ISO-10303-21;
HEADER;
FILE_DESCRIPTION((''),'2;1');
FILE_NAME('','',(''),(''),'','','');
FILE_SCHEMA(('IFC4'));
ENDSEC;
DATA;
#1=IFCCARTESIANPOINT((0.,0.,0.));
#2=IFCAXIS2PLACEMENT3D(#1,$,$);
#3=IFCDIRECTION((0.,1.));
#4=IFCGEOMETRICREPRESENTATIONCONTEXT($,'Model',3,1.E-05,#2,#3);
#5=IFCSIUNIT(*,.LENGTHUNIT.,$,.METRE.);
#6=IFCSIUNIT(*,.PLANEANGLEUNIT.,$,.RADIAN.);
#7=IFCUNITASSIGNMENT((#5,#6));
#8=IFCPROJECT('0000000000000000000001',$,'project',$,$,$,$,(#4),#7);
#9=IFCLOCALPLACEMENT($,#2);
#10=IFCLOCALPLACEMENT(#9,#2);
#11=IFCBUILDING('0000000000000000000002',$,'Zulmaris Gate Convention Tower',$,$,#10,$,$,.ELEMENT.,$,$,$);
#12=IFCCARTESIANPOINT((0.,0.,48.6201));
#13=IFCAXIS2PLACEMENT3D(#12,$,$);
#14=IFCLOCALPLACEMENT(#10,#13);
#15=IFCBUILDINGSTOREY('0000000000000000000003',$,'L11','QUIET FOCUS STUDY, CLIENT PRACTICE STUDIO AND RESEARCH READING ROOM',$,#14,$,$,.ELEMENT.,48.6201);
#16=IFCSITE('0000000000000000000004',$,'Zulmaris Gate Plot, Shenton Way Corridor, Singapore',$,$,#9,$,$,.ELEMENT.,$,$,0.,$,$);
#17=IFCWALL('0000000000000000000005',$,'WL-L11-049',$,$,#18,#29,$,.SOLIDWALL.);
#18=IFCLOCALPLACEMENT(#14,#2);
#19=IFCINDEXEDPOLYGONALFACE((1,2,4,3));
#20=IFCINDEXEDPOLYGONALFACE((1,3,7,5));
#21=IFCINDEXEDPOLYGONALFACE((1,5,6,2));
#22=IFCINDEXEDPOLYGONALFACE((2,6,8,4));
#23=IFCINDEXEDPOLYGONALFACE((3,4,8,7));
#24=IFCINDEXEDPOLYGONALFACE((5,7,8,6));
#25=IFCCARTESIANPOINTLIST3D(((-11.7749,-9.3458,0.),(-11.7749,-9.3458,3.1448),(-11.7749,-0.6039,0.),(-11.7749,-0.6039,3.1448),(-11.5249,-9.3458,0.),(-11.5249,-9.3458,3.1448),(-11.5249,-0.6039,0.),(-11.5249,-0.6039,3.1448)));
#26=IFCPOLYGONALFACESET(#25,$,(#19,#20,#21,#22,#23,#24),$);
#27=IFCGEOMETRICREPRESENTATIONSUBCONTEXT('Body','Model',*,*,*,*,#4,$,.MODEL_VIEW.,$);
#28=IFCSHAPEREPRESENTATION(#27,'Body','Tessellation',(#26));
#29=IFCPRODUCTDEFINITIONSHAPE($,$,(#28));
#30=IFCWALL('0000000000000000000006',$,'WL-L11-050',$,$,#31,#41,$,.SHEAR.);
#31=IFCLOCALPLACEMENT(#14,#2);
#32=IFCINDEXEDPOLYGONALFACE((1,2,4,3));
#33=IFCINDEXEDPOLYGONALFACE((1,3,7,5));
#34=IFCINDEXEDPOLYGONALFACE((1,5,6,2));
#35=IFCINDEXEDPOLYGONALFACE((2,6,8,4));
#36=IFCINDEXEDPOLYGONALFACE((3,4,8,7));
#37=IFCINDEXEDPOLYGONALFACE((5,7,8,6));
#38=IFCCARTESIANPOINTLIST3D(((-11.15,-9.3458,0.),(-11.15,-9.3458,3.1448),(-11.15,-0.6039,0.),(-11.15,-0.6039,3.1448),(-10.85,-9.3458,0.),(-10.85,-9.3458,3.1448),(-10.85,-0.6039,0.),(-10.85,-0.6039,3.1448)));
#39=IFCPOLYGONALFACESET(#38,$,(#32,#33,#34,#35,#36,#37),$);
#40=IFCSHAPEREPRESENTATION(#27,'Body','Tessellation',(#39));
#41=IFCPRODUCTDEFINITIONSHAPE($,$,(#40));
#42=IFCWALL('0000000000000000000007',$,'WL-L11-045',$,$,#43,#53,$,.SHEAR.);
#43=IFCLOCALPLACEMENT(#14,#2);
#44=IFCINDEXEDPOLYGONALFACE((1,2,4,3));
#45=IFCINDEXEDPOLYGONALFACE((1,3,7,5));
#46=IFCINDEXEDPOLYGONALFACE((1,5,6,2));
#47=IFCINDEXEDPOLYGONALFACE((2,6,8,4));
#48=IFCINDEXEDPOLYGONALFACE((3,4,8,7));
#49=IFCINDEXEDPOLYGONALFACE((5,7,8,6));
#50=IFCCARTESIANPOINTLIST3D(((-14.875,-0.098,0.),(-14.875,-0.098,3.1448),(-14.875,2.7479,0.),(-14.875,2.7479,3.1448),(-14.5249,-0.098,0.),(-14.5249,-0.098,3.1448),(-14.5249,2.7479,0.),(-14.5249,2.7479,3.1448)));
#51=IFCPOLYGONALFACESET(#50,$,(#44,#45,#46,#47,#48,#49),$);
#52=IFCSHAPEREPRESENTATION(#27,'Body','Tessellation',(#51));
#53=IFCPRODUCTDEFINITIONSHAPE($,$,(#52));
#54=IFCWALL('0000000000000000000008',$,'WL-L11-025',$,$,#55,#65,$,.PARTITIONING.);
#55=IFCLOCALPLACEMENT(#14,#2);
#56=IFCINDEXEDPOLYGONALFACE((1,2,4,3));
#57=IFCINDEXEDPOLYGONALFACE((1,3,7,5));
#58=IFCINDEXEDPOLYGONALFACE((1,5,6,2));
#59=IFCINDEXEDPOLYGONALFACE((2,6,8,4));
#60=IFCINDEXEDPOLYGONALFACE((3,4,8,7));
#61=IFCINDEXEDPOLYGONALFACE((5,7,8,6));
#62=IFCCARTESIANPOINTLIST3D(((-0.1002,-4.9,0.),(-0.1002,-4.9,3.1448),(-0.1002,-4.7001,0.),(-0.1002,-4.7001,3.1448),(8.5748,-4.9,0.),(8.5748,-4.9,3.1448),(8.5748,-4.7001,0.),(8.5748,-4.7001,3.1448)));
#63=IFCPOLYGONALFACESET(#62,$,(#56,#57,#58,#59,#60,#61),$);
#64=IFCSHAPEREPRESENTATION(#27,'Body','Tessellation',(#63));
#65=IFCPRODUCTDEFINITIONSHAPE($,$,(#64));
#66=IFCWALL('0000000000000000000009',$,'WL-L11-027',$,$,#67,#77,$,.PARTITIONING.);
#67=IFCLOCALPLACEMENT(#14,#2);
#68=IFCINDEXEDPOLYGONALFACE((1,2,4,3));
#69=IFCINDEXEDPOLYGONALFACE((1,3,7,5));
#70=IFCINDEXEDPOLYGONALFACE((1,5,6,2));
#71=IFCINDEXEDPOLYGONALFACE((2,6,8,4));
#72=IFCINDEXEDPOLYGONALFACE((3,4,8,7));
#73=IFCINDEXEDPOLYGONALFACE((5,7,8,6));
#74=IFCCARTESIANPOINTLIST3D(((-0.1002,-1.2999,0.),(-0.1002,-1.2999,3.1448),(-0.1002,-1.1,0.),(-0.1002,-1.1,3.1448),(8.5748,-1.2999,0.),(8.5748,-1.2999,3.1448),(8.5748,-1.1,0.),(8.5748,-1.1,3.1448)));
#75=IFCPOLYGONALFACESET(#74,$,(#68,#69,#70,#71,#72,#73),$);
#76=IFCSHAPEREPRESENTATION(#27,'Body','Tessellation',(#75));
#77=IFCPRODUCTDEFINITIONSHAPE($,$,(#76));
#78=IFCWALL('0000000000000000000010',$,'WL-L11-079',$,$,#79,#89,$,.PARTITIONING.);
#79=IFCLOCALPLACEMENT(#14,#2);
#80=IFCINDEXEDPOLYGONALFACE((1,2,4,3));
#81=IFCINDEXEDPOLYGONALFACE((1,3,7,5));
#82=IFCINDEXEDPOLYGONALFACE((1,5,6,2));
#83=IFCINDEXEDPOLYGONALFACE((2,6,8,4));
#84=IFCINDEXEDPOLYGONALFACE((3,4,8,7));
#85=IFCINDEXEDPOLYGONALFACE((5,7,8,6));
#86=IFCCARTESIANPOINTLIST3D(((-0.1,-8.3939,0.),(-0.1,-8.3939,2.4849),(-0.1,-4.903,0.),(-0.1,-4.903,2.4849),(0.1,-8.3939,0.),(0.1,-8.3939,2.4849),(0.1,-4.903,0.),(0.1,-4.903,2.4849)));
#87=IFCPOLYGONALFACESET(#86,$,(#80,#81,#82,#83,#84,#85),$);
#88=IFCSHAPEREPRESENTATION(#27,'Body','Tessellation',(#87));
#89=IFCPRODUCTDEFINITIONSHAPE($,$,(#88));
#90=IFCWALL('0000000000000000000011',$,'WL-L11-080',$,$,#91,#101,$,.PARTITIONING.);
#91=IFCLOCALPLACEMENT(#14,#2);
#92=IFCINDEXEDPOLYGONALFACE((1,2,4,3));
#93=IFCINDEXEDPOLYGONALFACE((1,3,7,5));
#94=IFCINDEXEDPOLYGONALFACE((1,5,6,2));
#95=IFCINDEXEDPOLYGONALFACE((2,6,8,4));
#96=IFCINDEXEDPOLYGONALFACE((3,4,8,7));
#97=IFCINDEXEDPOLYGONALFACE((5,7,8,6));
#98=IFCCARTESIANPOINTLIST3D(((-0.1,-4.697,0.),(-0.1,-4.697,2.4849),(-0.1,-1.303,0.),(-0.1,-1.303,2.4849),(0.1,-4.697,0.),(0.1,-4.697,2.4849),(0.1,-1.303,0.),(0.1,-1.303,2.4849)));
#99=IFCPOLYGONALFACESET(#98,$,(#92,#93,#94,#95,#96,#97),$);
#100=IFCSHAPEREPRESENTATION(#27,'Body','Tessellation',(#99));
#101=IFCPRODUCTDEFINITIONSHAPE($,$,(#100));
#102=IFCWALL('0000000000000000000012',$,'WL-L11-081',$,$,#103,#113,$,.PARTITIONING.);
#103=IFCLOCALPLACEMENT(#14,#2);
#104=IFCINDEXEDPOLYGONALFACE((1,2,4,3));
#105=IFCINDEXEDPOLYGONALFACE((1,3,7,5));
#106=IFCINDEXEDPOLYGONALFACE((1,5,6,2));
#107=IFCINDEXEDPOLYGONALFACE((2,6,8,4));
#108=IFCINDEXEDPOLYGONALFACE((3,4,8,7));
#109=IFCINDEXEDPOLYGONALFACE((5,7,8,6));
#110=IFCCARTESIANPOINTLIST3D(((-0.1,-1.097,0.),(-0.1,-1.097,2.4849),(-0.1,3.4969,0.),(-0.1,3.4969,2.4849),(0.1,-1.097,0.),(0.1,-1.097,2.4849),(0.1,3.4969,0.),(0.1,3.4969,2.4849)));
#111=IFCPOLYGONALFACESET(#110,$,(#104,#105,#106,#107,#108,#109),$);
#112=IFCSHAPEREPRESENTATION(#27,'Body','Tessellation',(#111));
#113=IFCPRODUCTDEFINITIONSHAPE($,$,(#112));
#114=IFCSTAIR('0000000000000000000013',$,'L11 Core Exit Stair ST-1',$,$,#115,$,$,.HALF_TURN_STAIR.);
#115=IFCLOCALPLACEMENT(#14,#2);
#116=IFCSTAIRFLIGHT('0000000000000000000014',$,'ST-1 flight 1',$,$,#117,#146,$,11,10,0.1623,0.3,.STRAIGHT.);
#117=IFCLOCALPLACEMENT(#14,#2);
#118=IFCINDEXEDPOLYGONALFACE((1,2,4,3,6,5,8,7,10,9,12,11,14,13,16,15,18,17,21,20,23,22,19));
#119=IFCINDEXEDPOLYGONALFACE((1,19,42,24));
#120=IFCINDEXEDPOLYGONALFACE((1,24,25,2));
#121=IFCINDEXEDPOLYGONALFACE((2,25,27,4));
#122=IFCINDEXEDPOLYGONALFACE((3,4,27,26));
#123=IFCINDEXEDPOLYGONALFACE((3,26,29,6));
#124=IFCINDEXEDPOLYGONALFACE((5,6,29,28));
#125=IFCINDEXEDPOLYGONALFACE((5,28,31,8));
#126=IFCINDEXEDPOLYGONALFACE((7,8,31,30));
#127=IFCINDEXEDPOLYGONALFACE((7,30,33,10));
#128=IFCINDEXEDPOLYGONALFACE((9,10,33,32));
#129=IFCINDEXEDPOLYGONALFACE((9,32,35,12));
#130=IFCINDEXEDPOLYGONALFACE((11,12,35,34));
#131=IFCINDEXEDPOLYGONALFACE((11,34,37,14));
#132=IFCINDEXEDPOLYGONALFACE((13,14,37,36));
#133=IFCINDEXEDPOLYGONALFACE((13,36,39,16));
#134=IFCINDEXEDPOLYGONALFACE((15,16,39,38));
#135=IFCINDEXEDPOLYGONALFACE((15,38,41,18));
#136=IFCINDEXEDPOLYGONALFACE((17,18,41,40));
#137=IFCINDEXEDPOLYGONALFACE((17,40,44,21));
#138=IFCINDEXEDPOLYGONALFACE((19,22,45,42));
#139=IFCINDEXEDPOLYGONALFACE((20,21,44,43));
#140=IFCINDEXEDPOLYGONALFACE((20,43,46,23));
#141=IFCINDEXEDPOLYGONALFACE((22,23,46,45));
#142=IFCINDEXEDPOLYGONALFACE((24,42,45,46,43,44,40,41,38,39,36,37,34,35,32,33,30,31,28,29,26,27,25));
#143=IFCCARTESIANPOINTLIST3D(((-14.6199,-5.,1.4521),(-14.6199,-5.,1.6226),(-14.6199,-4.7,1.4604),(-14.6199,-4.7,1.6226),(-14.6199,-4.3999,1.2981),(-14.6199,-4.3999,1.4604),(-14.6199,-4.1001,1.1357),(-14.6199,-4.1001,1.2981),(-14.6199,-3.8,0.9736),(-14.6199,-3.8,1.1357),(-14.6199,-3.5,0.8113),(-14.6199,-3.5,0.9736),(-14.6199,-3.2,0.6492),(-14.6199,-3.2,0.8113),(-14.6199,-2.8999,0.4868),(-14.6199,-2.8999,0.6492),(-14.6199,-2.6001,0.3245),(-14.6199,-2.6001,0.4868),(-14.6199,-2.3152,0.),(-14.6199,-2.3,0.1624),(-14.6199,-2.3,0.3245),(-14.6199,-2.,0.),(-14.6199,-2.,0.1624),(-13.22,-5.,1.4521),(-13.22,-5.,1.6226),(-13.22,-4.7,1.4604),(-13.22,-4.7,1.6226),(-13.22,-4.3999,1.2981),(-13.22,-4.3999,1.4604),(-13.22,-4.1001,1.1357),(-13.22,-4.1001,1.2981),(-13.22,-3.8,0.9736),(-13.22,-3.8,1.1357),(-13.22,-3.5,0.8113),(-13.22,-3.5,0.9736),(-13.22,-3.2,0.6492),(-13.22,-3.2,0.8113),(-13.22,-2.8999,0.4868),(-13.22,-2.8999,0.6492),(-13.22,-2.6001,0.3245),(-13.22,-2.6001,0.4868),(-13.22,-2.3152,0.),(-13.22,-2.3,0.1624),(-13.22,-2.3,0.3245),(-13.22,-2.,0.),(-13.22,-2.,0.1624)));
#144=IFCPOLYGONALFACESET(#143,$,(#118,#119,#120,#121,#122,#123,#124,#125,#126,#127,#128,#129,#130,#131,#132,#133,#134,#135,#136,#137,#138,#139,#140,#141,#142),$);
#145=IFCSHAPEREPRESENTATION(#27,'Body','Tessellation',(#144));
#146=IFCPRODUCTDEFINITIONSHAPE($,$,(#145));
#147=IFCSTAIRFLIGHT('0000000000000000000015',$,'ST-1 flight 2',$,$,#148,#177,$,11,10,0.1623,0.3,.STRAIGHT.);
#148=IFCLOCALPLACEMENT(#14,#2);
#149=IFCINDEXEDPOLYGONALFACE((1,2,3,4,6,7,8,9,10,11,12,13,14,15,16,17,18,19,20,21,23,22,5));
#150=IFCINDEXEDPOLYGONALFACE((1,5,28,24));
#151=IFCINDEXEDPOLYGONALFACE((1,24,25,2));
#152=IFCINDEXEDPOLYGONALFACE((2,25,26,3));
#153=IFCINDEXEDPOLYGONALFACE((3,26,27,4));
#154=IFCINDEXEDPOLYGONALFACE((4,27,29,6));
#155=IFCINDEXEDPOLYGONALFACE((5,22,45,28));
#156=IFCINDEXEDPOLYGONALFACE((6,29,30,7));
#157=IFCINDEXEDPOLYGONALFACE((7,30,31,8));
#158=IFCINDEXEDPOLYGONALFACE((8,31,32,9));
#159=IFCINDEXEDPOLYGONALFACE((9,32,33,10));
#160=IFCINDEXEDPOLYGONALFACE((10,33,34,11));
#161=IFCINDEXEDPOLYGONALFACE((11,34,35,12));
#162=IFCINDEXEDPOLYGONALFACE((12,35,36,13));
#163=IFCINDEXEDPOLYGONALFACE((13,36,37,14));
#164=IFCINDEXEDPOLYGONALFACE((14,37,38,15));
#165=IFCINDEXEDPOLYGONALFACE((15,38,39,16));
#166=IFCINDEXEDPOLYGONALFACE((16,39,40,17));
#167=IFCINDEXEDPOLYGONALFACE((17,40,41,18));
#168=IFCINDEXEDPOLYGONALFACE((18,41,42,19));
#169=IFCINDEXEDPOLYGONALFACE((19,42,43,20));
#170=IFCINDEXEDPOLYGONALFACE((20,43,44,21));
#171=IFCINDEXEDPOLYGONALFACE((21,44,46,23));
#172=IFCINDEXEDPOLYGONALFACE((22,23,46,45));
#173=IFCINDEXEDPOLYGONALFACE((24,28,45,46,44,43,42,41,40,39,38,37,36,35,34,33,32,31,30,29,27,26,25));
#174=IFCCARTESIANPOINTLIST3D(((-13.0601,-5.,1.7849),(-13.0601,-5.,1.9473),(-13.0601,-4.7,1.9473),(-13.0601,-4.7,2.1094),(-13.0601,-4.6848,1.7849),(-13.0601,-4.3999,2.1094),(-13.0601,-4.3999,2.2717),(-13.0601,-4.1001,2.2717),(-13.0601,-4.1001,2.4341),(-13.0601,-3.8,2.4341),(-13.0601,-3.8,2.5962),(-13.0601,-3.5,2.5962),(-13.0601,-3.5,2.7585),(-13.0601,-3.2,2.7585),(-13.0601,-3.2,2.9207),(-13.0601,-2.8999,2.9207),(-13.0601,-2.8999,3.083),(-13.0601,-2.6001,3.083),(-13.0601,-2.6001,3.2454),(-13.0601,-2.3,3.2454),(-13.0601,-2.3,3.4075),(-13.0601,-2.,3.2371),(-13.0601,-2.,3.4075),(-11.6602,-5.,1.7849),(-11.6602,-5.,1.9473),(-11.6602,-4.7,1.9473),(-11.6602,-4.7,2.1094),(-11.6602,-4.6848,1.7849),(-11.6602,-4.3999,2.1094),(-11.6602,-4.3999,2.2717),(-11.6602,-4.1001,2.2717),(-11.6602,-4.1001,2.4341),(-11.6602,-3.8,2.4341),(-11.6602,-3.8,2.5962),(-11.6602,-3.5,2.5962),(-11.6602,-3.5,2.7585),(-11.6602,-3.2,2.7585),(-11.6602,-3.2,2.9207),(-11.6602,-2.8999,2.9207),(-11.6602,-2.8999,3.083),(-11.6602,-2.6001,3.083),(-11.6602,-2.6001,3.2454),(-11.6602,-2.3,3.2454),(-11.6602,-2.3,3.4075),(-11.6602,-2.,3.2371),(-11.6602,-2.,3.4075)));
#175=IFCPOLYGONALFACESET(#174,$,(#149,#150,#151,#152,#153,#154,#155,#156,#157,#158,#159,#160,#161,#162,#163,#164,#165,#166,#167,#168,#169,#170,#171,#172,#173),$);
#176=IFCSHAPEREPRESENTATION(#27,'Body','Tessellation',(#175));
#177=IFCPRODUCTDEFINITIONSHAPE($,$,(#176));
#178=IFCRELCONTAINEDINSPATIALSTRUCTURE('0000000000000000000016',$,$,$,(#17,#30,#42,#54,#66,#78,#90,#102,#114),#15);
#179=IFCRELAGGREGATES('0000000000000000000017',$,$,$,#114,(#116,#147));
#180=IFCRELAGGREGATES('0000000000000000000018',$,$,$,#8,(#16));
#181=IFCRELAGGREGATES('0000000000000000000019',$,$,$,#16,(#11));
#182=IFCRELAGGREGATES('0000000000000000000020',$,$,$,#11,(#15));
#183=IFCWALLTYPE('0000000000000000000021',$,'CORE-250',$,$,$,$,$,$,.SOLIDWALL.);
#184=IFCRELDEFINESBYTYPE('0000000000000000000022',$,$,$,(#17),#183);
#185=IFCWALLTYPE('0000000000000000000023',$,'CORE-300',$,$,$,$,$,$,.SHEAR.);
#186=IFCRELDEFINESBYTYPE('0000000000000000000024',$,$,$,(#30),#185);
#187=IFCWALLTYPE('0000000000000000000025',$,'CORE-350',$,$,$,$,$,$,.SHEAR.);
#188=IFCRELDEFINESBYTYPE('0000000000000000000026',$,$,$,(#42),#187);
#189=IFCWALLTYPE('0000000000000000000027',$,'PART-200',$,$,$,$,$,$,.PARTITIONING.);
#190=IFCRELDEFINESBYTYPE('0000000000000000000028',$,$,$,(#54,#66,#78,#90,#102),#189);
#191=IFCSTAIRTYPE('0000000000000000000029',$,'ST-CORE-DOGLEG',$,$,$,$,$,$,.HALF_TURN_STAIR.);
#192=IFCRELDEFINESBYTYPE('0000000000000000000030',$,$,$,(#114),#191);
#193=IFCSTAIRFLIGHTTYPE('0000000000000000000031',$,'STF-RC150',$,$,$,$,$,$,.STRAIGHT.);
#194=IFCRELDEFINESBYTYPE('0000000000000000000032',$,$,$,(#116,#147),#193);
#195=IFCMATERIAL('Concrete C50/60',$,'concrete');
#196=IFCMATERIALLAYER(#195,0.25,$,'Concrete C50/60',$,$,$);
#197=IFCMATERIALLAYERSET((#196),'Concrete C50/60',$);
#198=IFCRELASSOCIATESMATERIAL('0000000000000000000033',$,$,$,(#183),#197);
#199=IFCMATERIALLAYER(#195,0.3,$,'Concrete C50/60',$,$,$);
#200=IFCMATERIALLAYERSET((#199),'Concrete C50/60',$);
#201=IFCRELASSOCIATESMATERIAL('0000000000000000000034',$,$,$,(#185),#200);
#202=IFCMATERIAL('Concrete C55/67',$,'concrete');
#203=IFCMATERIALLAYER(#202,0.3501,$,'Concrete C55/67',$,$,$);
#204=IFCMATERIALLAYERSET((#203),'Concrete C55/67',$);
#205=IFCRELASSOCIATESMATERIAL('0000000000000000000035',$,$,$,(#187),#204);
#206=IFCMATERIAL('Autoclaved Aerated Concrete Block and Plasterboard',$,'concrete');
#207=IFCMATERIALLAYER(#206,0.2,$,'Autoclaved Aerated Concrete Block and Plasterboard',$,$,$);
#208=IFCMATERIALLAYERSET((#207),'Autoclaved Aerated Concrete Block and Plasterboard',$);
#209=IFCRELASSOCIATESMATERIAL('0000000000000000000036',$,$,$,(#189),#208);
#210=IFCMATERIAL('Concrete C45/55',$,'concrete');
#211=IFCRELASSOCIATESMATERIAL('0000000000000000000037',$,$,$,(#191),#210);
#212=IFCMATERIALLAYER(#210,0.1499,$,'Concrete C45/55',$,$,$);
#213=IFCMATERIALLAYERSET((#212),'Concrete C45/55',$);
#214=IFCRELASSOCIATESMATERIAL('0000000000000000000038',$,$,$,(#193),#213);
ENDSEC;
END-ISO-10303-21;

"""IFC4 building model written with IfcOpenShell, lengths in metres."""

from ifc_helpers import new_model, si_unit, direction, frame, frame_2d, origin, place, context, subcontext, project, spatial, polyline, rectangle, outline, extrude, material, layer, layer_set, type_object, element, aggregate, save


model = new_model("IFC4")

# Units and contexts
model_context = context("Model", 3, precision=1e-05, world=origin(), true_north=direction((0.0, 1.0)))
body_context = subcontext(model_context, "Body", "Model", "MODEL_VIEW")
ifc_project = project(units=[si_unit("LENGTHUNIT", "METRE"), si_unit("PLANEANGLEUNIT", "RADIAN")], contexts=[model_context])

# Site, building, storey
site_placement = place(None, origin())
site = spatial("IfcSite", under=ifc_project, at=site_placement, Name="Zulmaris Gate Plot, Shenton Way Corridor, Singapore", CompositionType="ELEMENT", RefElevation=0.0)
building_placement = place(site_placement, origin())
building = spatial("IfcBuilding", under=site, at=building_placement, Name="Zulmaris Gate Convention Tower", CompositionType="ELEMENT")
storey_placement = place(building_placement, frame((0.0, 0.0, 48.6201)))
storey = spatial("IfcBuildingStorey", under=building, at=storey_placement, Name="L11", Description="QUIET FOCUS STUDY, CLIENT PRACTICE STUDIO AND RESEARCH READING ROOM", CompositionType="ELEMENT", Elevation=48.6201)

# Shared definitions
ifc_material_1 = material(Name="Concrete C50/60", Category="concrete")
ifc_layer_1 = layer(ifc_material_1, 0.25, Name="Concrete C50/60")
ifc_layer_set_1 = layer_set([ifc_layer_1], Name="Concrete C50/60")
wall_type_1 = type_object("IfcWallType", Name="CORE-250", PredefinedType="SOLIDWALL", material=ifc_layer_set_1)

# Walls
wall_1_placement = place(storey_placement, frame((-11.6499, -9.3459, 0.0), z_axis=(0.0, 0.0, 1.0), x_axis=(0.0, 1.0, 0.0)))
element("IfcWall", 1, at=wall_1_placement, inside=storey, type_object=wall_type_1, Name="WL-L11-049", PredefinedType="SOLIDWALL", context=body_context, shape_type="SweptSolid", body=[
    extrude(rectangle(XDim=8.7419, YDim=0.25, at=frame_2d((4.3711, 0.0))), origin(), (0.0, 0.0, 1.0), 3.1448),
])
ifc_layer_2 = layer(ifc_material_1, 0.3, Name="Concrete C50/60")
ifc_layer_set_2 = layer_set([ifc_layer_2], Name="Concrete C50/60")
wall_type_2 = type_object("IfcWallType", Name="CORE-300", PredefinedType="SHEAR", material=ifc_layer_set_2)
wall_2_placement = place(storey_placement, frame((-11.0, -9.3459, 0.0), z_axis=(0.0, 0.0, 1.0), x_axis=(0.0, 1.0, 0.0)))
element("IfcWall", 2, at=wall_2_placement, inside=storey, type_object=wall_type_2, Name="WL-L11-050", PredefinedType="SHEAR", context=body_context, shape_type="SweptSolid", body=[
    extrude(rectangle(XDim=8.7419, YDim=0.3, at=frame_2d((4.3711, 0.0))), origin(), (0.0, 0.0, 1.0), 3.1448),
])
ifc_material_2 = material(Name="Concrete C55/67", Category="concrete")
ifc_layer_3 = layer(ifc_material_2, 0.3501, Name="Concrete C55/67")
ifc_layer_set_3 = layer_set([ifc_layer_3], Name="Concrete C55/67")
wall_type_3 = type_object("IfcWallType", Name="CORE-350", PredefinedType="SHEAR", material=ifc_layer_set_3)
wall_3_placement = place(storey_placement, frame((-14.7, -0.0979, 0.0), z_axis=(0.0, 0.0, 1.0), x_axis=(0.0, 1.0, 0.0)))
element("IfcWall", 3, at=wall_3_placement, inside=storey, type_object=wall_type_3, Name="WL-L11-045", PredefinedType="SHEAR", context=body_context, shape_type="SweptSolid", body=[
    extrude(rectangle(XDim=2.8459, YDim=0.3501, at=frame_2d((1.4229, 0.0))), origin(), (0.0, 0.0, 1.0), 3.1448),
])
ifc_material_3 = material(Name="Autoclaved Aerated Concrete Block and Plasterboard", Category="concrete")
ifc_layer_4 = layer(ifc_material_3, 0.2, Name="Autoclaved Aerated Concrete Block and Plasterboard")
ifc_layer_set_4 = layer_set([ifc_layer_4], Name="Autoclaved Aerated Concrete Block and Plasterboard")
wall_type_4 = type_object("IfcWallType", Name="PART-200", PredefinedType="PARTITIONING", material=ifc_layer_set_4)
for number, where, z_axis, x_axis, name in (
    (4, (-0.1001, -4.8, 0.0), (0.0, 0.0, 1.0), (1.0, 0.0, 0.0), "WL-L11-025"),
    (5, (-0.1001, -1.2, 0.0), (0.0, 0.0, 1.0), (1.0, 0.0, 0.0), "WL-L11-027"),
):
    element("IfcWall", number, at=place(storey_placement, frame(where, z_axis=z_axis, x_axis=x_axis)), inside=storey, type_object=wall_type_4, Name=name, PredefinedType="PARTITIONING", context=body_context, shape_type="SweptSolid", body=[
        extrude(rectangle(XDim=8.675, YDim=0.2, at=frame_2d((4.3374, 0.0))), origin(), (0.0, 0.0, 1.0), 3.1448),
    ])
wall_4_placement = place(storey_placement, frame((0.0, -8.394, 0.0), z_axis=(0.0, 0.0, 1.0), x_axis=(0.0, 1.0, 0.0)))
element("IfcWall", 6, at=wall_4_placement, inside=storey, type_object=wall_type_4, Name="WL-L11-079", PredefinedType="PARTITIONING", context=body_context, shape_type="SweptSolid", body=[
    extrude(rectangle(XDim=3.491, YDim=0.2, at=frame_2d((1.7456, 0.0))), origin(), (0.0, 0.0, 1.0), 2.4849),
])
wall_5_placement = place(storey_placement, frame((0.0, -4.697, 0.0), z_axis=(0.0, 0.0, 1.0), x_axis=(0.0, 1.0, 0.0)))
element("IfcWall", 7, at=wall_5_placement, inside=storey, type_object=wall_type_4, Name="WL-L11-080", PredefinedType="PARTITIONING", context=body_context, shape_type="SweptSolid", body=[
    extrude(rectangle(XDim=3.394, YDim=0.2, at=frame_2d((1.697, 0.0))), origin(), (0.0, 0.0, 1.0), 2.4849),
])
wall_6_placement = place(storey_placement, frame((0.0, -1.0969, 0.0), z_axis=(0.0, 0.0, 1.0), x_axis=(0.0, 1.0, 0.0)))
element("IfcWall", 8, at=wall_6_placement, inside=storey, type_object=wall_type_4, Name="WL-L11-081", PredefinedType="PARTITIONING", context=body_context, shape_type="SweptSolid", body=[
    extrude(rectangle(XDim=4.594, YDim=0.2, at=frame_2d((2.2969, 0.0))), origin(), (0.0, 0.0, 1.0), 2.4849),
])

# Stair, stair flights
ifc_material_4 = material(Name="Concrete C45/55", Category="concrete")
stair_type = type_object("IfcStairType", Name="ST-CORE-DOGLEG", PredefinedType="HALF_TURN_STAIR", material=ifc_material_4)
stair_placement = place(storey_placement, origin())
stair = element("IfcStair", 9, at=stair_placement, inside=storey, type_object=stair_type, Name="L11 Core Exit Stair ST-1", PredefinedType="HALF_TURN_STAIR")
ifc_layer_5 = layer(ifc_material_4, 0.1499, Name="Concrete C45/55")
ifc_layer_set_5 = layer_set([ifc_layer_5], Name="Concrete C45/55")
stair_flight_type = type_object("IfcStairFlightType", Name="STF-RC150", PredefinedType="STRAIGHT", material=ifc_layer_set_5)
stair_flight_1_placement = place(storey_placement, frame((-13.9199, -2.0, 0.0), z_axis=(0.0, 0.0, 1.0), x_axis=(0.0, -1.0, 0.0)))
stair_flight_1 = element("IfcStairFlight", 10, at=stair_flight_1_placement, type_object=stair_flight_type, Name="ST-1 flight 1", NumberOfRisers=11, NumberOfTreads=10, PredefinedType="STRAIGHT", RiserHeight=0.1623, TreadLength=0.3, context=body_context, shape_type="SweptSolid", body=[
    extrude(outline(polyline([(0.0, 0.0), (0.0, 0.1624), (0.3, 0.1624), (0.3, 0.3245), (0.6001, 0.3245), (0.6001, 0.4868), (0.8999, 0.4868), (0.8999, 0.6492), (1.2, 0.6492), (1.2, 0.8113), (1.5, 0.8113), (1.5, 0.9736), (1.8, 0.9736), (1.8, 1.1357), (2.1001, 1.1357), (2.1001, 1.2981), (2.3999, 1.2981), (2.3999, 1.4604), (2.7, 1.4604), (2.7, 1.6226), (3.0, 1.6226), (3.0, 1.7849), (3.0, 1.4521), (0.3152, 0.0), (0.0, 0.0)])), frame((0.0, 0.7, 0.0), z_axis=(0.0, -1.0, 0.0), x_axis=(1.0, 0.0, 0.0)), (0.0, 0.0, 1.0), 1.3999),
])
stair_flight_2_placement = place(storey_placement, frame((-12.3601, -5.0, 1.7849), z_axis=(0.0, 0.0, 1.0), x_axis=(0.0, 1.0, 0.0)))
stair_flight_2 = element("IfcStairFlight", 11, at=stair_flight_2_placement, type_object=stair_flight_type, Name="ST-1 flight 2", NumberOfRisers=11, NumberOfTreads=10, PredefinedType="STRAIGHT", RiserHeight=0.1623, TreadLength=0.3, context=body_context, shape_type="SweptSolid", body=[
    extrude(outline(polyline([(0.0, 0.0), (0.0, 0.1624), (0.3, 0.1624), (0.3, 0.3245), (0.6001, 0.3245), (0.6001, 0.4868), (0.8999, 0.4868), (0.8999, 0.6492), (1.2, 0.6492), (1.2, 0.8113), (1.5, 0.8113), (1.5, 0.9736), (1.8, 0.9736), (1.8, 1.1357), (2.1001, 1.1357), (2.1001, 1.2981), (2.3999, 1.2981), (2.3999, 1.4604), (2.7, 1.4604), (2.7, 1.6226), (3.0, 1.6226), (3.0, 1.7849), (3.0, 1.4521), (0.3152, 0.0), (0.0, 0.0)])), frame((0.0, 0.7, 0.0), z_axis=(0.0, -1.0, 0.0), x_axis=(1.0, 0.0, 0.0)), (0.0, 0.0, 1.0), 1.3999),
])
aggregate(stair, [stair_flight_1, stair_flight_2])

save(model, "model.ifc")
